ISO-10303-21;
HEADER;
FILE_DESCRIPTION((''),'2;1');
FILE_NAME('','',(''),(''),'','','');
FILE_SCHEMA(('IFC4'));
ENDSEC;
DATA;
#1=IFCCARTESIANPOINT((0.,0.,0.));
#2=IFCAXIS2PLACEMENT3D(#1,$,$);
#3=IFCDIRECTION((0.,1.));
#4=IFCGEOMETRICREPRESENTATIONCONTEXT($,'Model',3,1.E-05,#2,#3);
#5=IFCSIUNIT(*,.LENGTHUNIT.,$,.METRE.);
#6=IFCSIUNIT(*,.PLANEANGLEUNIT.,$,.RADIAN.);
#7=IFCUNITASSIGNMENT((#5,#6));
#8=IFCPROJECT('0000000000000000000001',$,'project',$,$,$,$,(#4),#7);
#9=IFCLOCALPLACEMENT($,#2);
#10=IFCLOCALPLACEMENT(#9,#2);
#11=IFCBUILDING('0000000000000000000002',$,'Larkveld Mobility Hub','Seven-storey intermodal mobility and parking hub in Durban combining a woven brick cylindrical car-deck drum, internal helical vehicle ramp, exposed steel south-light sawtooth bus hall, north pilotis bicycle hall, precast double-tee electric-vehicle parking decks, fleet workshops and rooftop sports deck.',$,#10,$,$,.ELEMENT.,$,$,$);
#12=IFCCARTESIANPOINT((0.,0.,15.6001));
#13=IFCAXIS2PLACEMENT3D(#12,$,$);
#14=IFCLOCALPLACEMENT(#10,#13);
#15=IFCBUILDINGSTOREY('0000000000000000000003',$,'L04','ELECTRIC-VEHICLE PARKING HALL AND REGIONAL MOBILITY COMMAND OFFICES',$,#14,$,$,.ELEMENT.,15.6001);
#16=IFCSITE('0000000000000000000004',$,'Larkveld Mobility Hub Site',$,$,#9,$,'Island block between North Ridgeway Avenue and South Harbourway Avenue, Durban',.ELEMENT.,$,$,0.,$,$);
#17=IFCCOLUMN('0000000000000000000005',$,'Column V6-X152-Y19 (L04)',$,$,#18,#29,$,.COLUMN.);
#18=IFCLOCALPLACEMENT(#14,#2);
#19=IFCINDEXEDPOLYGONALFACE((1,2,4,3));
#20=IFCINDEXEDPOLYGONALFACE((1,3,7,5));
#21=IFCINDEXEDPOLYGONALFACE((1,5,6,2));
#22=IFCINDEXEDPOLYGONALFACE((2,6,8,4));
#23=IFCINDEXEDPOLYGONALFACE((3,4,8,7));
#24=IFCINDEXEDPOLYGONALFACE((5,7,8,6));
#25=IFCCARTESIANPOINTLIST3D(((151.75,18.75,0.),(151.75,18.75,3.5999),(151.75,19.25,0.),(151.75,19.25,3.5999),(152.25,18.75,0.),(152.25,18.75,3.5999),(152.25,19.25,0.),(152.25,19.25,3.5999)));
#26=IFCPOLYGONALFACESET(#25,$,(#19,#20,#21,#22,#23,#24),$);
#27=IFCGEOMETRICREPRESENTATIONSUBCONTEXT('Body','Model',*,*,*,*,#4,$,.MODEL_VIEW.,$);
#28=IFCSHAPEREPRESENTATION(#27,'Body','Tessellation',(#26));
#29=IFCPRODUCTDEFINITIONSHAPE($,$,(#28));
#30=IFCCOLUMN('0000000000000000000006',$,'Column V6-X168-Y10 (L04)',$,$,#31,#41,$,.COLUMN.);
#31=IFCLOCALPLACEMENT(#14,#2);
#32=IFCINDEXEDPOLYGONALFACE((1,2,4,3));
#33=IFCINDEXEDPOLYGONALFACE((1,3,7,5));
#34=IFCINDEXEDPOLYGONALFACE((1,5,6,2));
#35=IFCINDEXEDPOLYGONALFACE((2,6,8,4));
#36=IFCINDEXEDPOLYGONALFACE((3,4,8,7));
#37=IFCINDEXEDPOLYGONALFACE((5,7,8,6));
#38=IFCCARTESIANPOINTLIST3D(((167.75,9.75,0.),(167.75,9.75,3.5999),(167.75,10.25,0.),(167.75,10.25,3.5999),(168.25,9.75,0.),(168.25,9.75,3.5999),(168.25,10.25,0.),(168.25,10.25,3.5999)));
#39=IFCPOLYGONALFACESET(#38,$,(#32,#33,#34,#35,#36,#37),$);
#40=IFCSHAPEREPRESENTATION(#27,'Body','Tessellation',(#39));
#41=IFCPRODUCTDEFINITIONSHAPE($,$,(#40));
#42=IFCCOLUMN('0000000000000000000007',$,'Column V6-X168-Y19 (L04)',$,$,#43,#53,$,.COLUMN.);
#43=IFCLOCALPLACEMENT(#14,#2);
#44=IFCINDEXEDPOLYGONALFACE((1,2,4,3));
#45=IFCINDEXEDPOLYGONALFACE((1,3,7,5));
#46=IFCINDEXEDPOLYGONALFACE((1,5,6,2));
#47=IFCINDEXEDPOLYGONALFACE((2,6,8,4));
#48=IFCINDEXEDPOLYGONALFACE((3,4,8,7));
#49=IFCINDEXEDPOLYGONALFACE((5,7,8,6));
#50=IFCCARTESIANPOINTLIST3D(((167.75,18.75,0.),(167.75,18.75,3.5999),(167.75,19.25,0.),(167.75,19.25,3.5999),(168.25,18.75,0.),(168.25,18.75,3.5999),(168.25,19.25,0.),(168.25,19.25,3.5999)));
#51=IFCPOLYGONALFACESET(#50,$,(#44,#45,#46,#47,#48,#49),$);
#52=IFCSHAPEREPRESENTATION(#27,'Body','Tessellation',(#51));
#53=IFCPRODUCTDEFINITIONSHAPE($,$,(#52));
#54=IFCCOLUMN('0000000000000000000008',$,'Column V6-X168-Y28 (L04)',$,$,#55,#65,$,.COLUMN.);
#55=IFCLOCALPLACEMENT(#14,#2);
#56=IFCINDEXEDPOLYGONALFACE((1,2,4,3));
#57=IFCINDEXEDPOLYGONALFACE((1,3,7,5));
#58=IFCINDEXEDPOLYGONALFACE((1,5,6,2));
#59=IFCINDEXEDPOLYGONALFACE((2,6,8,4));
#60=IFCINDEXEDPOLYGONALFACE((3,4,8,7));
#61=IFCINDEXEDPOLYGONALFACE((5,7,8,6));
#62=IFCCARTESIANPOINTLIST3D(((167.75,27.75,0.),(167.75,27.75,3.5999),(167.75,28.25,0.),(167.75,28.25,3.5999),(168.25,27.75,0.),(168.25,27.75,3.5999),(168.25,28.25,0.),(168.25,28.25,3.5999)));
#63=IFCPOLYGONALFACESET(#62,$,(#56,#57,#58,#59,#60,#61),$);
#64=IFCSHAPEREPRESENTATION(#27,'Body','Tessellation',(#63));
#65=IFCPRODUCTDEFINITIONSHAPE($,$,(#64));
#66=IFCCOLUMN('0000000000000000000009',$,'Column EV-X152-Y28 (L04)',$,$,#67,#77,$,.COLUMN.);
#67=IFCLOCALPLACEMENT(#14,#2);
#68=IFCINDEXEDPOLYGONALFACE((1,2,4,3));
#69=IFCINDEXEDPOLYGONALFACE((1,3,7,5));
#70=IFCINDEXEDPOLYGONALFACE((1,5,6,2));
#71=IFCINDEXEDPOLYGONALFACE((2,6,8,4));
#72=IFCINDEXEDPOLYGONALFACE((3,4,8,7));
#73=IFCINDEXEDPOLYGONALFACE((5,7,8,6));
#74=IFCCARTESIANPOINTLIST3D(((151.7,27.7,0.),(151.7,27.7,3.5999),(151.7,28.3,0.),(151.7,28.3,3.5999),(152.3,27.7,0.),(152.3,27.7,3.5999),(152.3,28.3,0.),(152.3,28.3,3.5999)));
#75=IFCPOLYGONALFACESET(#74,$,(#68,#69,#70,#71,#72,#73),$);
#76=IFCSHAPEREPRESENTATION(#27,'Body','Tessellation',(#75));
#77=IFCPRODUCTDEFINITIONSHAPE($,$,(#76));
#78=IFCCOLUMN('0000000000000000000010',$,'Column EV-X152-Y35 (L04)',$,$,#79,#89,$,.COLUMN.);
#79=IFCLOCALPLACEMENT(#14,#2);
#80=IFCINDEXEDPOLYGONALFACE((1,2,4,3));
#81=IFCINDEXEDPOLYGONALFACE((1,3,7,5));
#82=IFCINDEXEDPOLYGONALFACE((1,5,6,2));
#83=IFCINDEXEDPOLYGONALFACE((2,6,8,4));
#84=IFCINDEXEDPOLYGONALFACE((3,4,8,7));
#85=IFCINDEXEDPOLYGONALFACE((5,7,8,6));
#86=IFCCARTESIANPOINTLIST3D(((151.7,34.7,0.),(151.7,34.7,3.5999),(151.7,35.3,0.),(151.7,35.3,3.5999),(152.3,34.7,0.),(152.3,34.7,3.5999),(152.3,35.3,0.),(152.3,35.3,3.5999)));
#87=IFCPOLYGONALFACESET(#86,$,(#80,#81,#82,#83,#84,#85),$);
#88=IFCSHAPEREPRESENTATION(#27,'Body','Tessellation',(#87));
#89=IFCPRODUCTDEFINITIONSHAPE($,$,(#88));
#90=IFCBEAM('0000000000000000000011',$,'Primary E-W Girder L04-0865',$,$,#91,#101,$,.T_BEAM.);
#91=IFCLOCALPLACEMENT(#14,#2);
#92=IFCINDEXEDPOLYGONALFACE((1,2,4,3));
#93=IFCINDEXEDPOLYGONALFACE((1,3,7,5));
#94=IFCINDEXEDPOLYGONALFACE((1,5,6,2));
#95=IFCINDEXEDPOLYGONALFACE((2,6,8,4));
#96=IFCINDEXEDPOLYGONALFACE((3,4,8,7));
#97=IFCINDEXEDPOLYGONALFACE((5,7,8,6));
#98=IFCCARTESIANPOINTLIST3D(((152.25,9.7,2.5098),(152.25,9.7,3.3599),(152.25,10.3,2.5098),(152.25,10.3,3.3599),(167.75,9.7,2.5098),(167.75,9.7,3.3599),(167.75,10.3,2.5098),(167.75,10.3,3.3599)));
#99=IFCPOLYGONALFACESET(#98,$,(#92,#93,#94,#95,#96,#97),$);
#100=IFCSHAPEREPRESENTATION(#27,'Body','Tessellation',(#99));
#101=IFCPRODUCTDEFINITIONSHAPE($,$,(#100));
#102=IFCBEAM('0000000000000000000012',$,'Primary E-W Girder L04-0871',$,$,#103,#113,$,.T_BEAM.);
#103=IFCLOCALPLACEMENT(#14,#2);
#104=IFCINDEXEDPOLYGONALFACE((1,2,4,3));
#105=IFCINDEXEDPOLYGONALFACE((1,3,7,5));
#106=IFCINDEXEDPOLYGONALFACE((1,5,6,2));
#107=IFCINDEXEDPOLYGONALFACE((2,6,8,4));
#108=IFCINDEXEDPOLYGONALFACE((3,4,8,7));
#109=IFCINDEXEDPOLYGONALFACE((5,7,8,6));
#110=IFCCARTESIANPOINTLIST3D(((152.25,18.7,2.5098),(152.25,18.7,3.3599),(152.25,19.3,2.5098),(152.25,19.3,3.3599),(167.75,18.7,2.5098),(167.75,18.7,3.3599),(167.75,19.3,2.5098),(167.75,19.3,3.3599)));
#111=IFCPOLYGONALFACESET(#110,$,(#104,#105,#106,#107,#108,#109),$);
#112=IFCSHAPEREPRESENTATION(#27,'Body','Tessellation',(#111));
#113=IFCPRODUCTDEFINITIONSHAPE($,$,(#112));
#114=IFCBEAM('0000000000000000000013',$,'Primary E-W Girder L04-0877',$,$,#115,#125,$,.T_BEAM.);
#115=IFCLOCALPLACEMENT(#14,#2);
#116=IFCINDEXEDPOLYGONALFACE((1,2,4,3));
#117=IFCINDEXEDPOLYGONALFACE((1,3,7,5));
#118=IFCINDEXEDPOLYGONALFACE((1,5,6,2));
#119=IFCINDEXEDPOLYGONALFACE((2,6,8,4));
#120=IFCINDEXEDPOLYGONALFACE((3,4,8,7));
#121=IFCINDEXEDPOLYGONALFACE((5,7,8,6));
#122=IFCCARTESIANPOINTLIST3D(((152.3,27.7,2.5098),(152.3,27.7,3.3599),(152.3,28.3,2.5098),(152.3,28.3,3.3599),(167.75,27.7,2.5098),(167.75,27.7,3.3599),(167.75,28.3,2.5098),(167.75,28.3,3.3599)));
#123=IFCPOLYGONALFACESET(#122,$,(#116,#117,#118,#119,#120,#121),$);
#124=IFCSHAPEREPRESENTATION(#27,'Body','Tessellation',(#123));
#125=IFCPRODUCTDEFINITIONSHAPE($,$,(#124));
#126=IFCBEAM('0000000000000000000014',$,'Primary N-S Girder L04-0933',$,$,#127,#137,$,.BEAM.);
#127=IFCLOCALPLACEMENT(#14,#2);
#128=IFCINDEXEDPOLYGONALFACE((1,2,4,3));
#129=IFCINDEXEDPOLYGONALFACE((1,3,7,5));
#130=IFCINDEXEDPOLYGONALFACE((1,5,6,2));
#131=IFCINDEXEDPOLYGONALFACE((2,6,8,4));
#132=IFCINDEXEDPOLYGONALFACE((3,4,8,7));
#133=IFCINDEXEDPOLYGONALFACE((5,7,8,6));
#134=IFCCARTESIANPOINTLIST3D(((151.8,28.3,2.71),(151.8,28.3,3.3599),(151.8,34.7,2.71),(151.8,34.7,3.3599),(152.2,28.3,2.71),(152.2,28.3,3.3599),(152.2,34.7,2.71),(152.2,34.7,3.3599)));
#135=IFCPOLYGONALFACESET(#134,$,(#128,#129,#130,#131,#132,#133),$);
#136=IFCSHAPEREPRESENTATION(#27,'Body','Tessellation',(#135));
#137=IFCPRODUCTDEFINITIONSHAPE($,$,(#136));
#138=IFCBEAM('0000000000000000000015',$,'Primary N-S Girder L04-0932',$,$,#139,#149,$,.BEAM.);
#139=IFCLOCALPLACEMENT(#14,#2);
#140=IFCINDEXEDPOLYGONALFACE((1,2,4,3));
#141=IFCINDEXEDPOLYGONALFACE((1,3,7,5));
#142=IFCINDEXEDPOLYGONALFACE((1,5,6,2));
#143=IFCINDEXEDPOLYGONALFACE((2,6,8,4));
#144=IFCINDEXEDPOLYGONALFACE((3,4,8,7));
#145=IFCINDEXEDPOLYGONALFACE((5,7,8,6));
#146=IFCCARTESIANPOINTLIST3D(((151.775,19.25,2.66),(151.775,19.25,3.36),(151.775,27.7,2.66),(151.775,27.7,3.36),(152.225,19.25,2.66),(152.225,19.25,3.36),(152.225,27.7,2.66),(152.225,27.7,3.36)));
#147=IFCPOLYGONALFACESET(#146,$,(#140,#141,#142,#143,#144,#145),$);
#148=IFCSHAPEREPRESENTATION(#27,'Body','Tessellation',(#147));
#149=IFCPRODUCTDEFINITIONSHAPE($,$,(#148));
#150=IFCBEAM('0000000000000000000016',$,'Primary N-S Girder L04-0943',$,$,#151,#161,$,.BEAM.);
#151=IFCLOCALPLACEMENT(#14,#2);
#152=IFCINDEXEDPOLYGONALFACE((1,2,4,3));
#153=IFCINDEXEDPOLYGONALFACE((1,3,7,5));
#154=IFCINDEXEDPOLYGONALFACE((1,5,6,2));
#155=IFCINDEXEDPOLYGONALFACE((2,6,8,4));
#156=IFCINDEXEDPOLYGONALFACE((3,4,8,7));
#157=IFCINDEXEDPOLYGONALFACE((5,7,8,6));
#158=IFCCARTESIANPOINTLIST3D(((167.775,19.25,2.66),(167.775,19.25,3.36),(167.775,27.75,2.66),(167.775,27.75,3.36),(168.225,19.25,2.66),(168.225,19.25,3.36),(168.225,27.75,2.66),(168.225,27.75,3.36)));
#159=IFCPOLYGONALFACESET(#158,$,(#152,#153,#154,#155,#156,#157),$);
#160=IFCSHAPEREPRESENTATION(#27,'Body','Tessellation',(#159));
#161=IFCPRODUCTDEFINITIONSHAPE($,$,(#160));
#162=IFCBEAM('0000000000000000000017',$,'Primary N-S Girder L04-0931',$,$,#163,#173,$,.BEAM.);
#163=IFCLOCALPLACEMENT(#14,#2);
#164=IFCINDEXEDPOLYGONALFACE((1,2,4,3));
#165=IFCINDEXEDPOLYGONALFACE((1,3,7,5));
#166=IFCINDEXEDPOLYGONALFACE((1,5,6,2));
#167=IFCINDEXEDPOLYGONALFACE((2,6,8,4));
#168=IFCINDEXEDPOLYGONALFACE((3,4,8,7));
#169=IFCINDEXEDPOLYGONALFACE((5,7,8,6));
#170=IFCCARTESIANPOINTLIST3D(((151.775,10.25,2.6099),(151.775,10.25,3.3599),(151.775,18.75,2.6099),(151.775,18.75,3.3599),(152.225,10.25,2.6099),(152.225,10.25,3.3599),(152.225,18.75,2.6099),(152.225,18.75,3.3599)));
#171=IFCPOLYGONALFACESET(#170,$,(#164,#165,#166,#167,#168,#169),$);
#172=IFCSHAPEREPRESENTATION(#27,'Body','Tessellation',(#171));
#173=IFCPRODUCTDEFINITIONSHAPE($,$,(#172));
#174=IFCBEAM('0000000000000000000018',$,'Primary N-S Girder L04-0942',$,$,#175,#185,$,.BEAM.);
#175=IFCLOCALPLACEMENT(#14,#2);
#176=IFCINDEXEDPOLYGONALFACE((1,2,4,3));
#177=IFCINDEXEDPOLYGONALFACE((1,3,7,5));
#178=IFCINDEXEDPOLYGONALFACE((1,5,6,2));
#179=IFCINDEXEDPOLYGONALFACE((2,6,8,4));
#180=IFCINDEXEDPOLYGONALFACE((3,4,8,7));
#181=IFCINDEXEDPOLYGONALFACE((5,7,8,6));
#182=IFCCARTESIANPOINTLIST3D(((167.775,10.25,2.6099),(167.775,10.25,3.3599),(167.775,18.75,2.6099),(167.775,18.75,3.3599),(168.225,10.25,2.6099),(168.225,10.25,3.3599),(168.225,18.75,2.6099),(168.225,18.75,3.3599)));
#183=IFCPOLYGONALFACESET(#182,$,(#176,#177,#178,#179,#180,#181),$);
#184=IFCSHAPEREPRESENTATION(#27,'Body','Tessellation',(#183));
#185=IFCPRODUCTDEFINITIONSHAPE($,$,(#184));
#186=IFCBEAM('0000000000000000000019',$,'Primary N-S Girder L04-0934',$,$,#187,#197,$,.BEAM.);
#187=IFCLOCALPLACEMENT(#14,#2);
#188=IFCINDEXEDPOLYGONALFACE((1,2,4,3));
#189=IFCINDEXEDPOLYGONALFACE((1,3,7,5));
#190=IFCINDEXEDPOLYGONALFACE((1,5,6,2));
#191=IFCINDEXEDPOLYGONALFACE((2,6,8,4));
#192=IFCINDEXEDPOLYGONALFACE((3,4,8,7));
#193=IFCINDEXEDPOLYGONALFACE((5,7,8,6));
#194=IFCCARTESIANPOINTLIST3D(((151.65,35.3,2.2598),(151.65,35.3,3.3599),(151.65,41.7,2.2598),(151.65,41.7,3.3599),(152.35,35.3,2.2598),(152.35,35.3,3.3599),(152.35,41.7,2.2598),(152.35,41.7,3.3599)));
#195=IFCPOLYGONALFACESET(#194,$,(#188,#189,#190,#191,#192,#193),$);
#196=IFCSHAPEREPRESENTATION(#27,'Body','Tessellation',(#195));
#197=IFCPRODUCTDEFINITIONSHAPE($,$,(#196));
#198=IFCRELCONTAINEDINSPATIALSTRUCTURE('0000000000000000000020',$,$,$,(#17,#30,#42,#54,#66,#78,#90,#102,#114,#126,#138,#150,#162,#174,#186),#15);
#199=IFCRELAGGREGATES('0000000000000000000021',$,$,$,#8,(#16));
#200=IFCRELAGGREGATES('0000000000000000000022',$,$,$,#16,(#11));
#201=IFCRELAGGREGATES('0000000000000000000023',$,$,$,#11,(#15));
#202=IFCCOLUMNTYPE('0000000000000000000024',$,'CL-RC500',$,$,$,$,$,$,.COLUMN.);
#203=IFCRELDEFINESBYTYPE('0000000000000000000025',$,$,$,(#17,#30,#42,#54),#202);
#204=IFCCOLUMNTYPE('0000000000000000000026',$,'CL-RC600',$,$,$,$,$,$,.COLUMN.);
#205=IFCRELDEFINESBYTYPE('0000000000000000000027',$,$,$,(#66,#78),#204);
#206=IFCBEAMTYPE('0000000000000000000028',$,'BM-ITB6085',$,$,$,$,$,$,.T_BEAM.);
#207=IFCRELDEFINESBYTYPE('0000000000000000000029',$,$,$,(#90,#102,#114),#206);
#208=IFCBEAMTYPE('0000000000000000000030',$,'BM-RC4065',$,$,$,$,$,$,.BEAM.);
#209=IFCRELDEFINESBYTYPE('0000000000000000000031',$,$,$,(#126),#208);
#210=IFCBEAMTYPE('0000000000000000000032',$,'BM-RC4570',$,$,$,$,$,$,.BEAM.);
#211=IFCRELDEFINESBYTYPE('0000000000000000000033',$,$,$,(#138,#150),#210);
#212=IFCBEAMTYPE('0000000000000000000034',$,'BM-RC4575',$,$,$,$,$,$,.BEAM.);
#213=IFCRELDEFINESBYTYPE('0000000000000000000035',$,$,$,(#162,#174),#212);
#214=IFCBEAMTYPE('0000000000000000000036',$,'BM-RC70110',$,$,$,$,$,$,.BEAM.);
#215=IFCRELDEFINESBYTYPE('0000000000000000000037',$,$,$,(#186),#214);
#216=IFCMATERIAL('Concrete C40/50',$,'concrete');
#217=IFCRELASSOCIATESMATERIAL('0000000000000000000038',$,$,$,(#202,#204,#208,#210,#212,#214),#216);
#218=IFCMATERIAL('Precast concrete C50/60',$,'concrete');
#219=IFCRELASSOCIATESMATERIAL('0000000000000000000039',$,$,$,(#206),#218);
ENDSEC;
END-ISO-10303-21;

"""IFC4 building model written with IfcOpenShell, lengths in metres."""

from ifc_helpers import new_model, si_unit, direction, frame, origin, origin_2d, place, context, subcontext, project, spatial, rectangle, extrude, material, material_profile, profile_set, type_object, element, save


model = new_model("IFC4")

# Units and contexts
model_context = context("Model", 3, precision=1e-05, world=origin(), true_north=direction((0.0, 1.0)))
body_context = subcontext(model_context, "Body", "Model", "MODEL_VIEW")
ifc_project = project(units=[si_unit("LENGTHUNIT", "METRE"), si_unit("PLANEANGLEUNIT", "RADIAN")], contexts=[model_context])

# Site, building, storey
site_placement = place(None, origin())
site = spatial("IfcSite", under=ifc_project, at=site_placement, Name="Larkveld Mobility Hub Site", LongName="Island block between North Ridgeway Avenue and South Harbourway Avenue, Durban", CompositionType="ELEMENT", RefElevation=0.0)
building_placement = place(site_placement, origin())
building = spatial("IfcBuilding", under=site, at=building_placement, Name="Larkveld Mobility Hub", Description="Seven-storey intermodal mobility and parking hub in Durban combining a woven brick cylindrical car-deck drum, internal helical vehicle ramp, exposed steel south-light sawtooth bus hall, north pilotis bicycle hall, precast double-tee electric-vehicle parking decks, fleet workshops and rooftop sports deck.", CompositionType="ELEMENT")
storey_placement = place(building_placement, frame((0.0, 0.0, 15.6001)))
storey = spatial("IfcBuildingStorey", under=building, at=storey_placement, Name="L04", Description="ELECTRIC-VEHICLE PARKING HALL AND REGIONAL MOBILITY COMMAND OFFICES", CompositionType="ELEMENT", Elevation=15.6001)

# Columns
ifc_material_1 = material(Name="Concrete C40/50", Category="concrete")
ifc_material_profile_1 = material_profile(ifc_material_1, rectangle(XDim=0.5, YDim=0.5, at=origin_2d()), Name="RC COL 500x500")
ifc_profile_set_1 = profile_set([ifc_material_profile_1], Name="Concrete C40/50")
column_type_1 = type_object("IfcColumnType", Name="CL-RC500", PredefinedType="COLUMN", material=ifc_profile_set_1)
for number, where, z_axis, x_axis, name in (
    (1, (152.0, 19.0, 0.0), (0.0, 0.0, 1.0), (1.0, 0.0, 0.0), "Column V6-X152-Y19 (L04)"),
    (2, (168.0, 10.0, 0.0), (0.0, 0.0, 1.0), (1.0, 0.0, 0.0), "Column V6-X168-Y10 (L04)"),
    (3, (168.0, 19.0, 0.0), (0.0, 0.0, 1.0), (1.0, 0.0, 0.0), "Column V6-X168-Y19 (L04)"),
    (4, (168.0, 28.0, 0.0), (0.0, 0.0, 1.0), (1.0, 0.0, 0.0), "Column V6-X168-Y28 (L04)"),
):
    element("IfcColumn", number, at=place(storey_placement, frame(where, z_axis=z_axis, x_axis=x_axis)), inside=storey, type_object=column_type_1, Name=name, PredefinedType="COLUMN", context=body_context, shape_type="SweptSolid", body=[
        extrude(rectangle(XDim=0.5, YDim=0.5, at=origin_2d()), origin(), (0.0, 0.0, 1.0), 3.5999),
    ])
ifc_material_profile_2 = material_profile(ifc_material_1, rectangle(XDim=0.6001, YDim=0.6001, at=origin_2d()), Name="RC COL 600x600")
ifc_profile_set_2 = profile_set([ifc_material_profile_2], Name="Concrete C40/50")
column_type_2 = type_object("IfcColumnType", Name="CL-RC600", PredefinedType="COLUMN", material=ifc_profile_set_2)
for number, where, z_axis, x_axis, name in (
    (5, (152.0, 28.0, 0.0), (0.0, 0.0, 1.0), (1.0, 0.0, 0.0), "Column EV-X152-Y28 (L04)"),
    (6, (152.0, 35.0, 0.0), (0.0, 0.0, 1.0), (1.0, 0.0, 0.0), "Column EV-X152-Y35 (L04)"),
):
    element("IfcColumn", number, at=place(storey_placement, frame(where, z_axis=z_axis, x_axis=x_axis)), inside=storey, type_object=column_type_2, Name=name, PredefinedType="COLUMN", context=body_context, shape_type="SweptSolid", body=[
        extrude(rectangle(XDim=0.6001, YDim=0.6001, at=origin_2d()), origin(), (0.0, 0.0, 1.0), 3.5999),
    ])

# Beams
ifc_material_2 = material(Name="Precast concrete C50/60", Category="concrete")
ifc_material_profile_3 = material_profile(ifc_material_2, rectangle(XDim=0.6001, YDim=0.8501, at=origin_2d()), Name="PC ITB 600x850")
ifc_profile_set_3 = profile_set([ifc_material_profile_3], Name="Precast concrete C50/60")
beam_type_1 = type_object("IfcBeamType", Name="BM-ITB6085", PredefinedType="T_BEAM", material=ifc_profile_set_3)
for number, where, z_axis, x_axis, name in (
    (7, (152.25, 10.0, 2.9348), (1.0, 0.0, 0.0), (0.0, 1.0, 0.0), "Primary E-W Girder L04-0865"),
    (8, (152.25, 19.0, 2.9348), (1.0, 0.0, 0.0), (0.0, 1.0, 0.0), "Primary E-W Girder L04-0871"),
):
    element("IfcBeam", number, at=place(storey_placement, frame(where, z_axis=z_axis, x_axis=x_axis)), inside=storey, type_object=beam_type_1, Name=name, PredefinedType="T_BEAM", context=body_context, shape_type="SweptSolid", body=[
        extrude(rectangle(XDim=0.6001, YDim=0.8501, at=origin_2d()), origin(), (0.0, 0.0, 1.0), 15.5),
    ])
beam_1_placement = place(storey_placement, frame((152.3, 28.0, 2.9348), z_axis=(1.0, 0.0, 0.0), x_axis=(0.0, 1.0, 0.0)))
element("IfcBeam", 9, at=beam_1_placement, inside=storey, type_object=beam_type_1, Name="Primary E-W Girder L04-0877", PredefinedType="T_BEAM", context=body_context, shape_type="SweptSolid", body=[
    extrude(rectangle(XDim=0.6001, YDim=0.8501, at=origin_2d()), origin(), (0.0, 0.0, 1.0), 15.45),
])
ifc_material_profile_4 = material_profile(ifc_material_1, rectangle(XDim=0.3999, YDim=0.6499, at=origin_2d()), Name="RC BM 400x650")
ifc_profile_set_4 = profile_set([ifc_material_profile_4], Name="Concrete C40/50")
beam_type_2 = type_object("IfcBeamType", Name="BM-RC4065", PredefinedType="BEAM", material=ifc_profile_set_4)
beam_2_placement = place(storey_placement, frame((152.0, 28.3, 3.0349), z_axis=(0.0, 1.0, 0.0), x_axis=(-1.0, 0.0, 0.0)))
element("IfcBeam", 10, at=beam_2_placement, inside=storey, type_object=beam_type_2, Name="Primary N-S Girder L04-0933", PredefinedType="BEAM", context=body_context, shape_type="SweptSolid", body=[
    extrude(rectangle(XDim=0.3999, YDim=0.6499, at=origin_2d()), origin(), (0.0, 0.0, 1.0), 6.3999),
])
ifc_material_profile_5 = material_profile(ifc_material_1, rectangle(XDim=0.45, YDim=0.7, at=origin_2d()), Name="RC BM 450x700")
ifc_profile_set_5 = profile_set([ifc_material_profile_5], Name="Concrete C40/50")
beam_type_3 = type_object("IfcBeamType", Name="BM-RC4570", PredefinedType="BEAM", material=ifc_profile_set_5)
beam_3_placement = place(storey_placement, frame((152.0, 19.25, 3.01), z_axis=(0.0, 1.0, 0.0), x_axis=(-1.0, 0.0, 0.0)))
element("IfcBeam", 11, at=beam_3_placement, inside=storey, type_object=beam_type_3, Name="Primary N-S Girder L04-0932", PredefinedType="BEAM", context=body_context, shape_type="SweptSolid", body=[
    extrude(rectangle(XDim=0.45, YDim=0.7, at=origin_2d()), origin(), (0.0, 0.0, 1.0), 8.45),
])
beam_4_placement = place(storey_placement, frame((168.0, 19.25, 3.01), z_axis=(0.0, 1.0, 0.0), x_axis=(-1.0, 0.0, 0.0)))
element("IfcBeam", 12, at=beam_4_placement, inside=storey, type_object=beam_type_3, Name="Primary N-S Girder L04-0943", PredefinedType="BEAM", context=body_context, shape_type="SweptSolid", body=[
    extrude(rectangle(XDim=0.45, YDim=0.7, at=origin_2d()), origin(), (0.0, 0.0, 1.0), 8.5),
])
ifc_material_profile_6 = material_profile(ifc_material_1, rectangle(XDim=0.45, YDim=0.75, at=origin_2d()), Name="RC BM 450x750")
ifc_profile_set_6 = profile_set([ifc_material_profile_6], Name="Concrete C40/50")
beam_type_4 = type_object("IfcBeamType", Name="BM-RC4575", PredefinedType="BEAM", material=ifc_profile_set_6)
for number, where, z_axis, x_axis, name in (
    (13, (152.0, 10.25, 2.9849), (0.0, 1.0, 0.0), (-1.0, 0.0, 0.0), "Primary N-S Girder L04-0931"),
    (14, (168.0, 10.25, 2.9849), (0.0, 1.0, 0.0), (-1.0, 0.0, 0.0), "Primary N-S Girder L04-0942"),
):
    element("IfcBeam", number, at=place(storey_placement, frame(where, z_axis=z_axis, x_axis=x_axis)), inside=storey, type_object=beam_type_4, Name=name, PredefinedType="BEAM", context=body_context, shape_type="SweptSolid", body=[
        extrude(rectangle(XDim=0.45, YDim=0.75, at=origin_2d()), origin(), (0.0, 0.0, 1.0), 8.5),
    ])
ifc_material_profile_7 = material_profile(ifc_material_1, rectangle(XDim=0.7, YDim=1.1001, at=origin_2d()), Name="RC BM 700x1100")
ifc_profile_set_7 = profile_set([ifc_material_profile_7], Name="Concrete C40/50")
beam_type_5 = type_object("IfcBeamType", Name="BM-RC70110", PredefinedType="BEAM", material=ifc_profile_set_7)
beam_5_placement = place(storey_placement, frame((152.0, 35.3, 2.8098), z_axis=(0.0, 1.0, 0.0), x_axis=(-1.0, 0.0, 0.0)))
element("IfcBeam", 15, at=beam_5_placement, inside=storey, type_object=beam_type_5, Name="Primary N-S Girder L04-0934", PredefinedType="BEAM", context=body_context, shape_type="SweptSolid", body=[
    extrude(rectangle(XDim=0.7, YDim=1.1001, at=origin_2d()), origin(), (0.0, 0.0, 1.0), 6.3999),
])

save(model, "model.ifc")
